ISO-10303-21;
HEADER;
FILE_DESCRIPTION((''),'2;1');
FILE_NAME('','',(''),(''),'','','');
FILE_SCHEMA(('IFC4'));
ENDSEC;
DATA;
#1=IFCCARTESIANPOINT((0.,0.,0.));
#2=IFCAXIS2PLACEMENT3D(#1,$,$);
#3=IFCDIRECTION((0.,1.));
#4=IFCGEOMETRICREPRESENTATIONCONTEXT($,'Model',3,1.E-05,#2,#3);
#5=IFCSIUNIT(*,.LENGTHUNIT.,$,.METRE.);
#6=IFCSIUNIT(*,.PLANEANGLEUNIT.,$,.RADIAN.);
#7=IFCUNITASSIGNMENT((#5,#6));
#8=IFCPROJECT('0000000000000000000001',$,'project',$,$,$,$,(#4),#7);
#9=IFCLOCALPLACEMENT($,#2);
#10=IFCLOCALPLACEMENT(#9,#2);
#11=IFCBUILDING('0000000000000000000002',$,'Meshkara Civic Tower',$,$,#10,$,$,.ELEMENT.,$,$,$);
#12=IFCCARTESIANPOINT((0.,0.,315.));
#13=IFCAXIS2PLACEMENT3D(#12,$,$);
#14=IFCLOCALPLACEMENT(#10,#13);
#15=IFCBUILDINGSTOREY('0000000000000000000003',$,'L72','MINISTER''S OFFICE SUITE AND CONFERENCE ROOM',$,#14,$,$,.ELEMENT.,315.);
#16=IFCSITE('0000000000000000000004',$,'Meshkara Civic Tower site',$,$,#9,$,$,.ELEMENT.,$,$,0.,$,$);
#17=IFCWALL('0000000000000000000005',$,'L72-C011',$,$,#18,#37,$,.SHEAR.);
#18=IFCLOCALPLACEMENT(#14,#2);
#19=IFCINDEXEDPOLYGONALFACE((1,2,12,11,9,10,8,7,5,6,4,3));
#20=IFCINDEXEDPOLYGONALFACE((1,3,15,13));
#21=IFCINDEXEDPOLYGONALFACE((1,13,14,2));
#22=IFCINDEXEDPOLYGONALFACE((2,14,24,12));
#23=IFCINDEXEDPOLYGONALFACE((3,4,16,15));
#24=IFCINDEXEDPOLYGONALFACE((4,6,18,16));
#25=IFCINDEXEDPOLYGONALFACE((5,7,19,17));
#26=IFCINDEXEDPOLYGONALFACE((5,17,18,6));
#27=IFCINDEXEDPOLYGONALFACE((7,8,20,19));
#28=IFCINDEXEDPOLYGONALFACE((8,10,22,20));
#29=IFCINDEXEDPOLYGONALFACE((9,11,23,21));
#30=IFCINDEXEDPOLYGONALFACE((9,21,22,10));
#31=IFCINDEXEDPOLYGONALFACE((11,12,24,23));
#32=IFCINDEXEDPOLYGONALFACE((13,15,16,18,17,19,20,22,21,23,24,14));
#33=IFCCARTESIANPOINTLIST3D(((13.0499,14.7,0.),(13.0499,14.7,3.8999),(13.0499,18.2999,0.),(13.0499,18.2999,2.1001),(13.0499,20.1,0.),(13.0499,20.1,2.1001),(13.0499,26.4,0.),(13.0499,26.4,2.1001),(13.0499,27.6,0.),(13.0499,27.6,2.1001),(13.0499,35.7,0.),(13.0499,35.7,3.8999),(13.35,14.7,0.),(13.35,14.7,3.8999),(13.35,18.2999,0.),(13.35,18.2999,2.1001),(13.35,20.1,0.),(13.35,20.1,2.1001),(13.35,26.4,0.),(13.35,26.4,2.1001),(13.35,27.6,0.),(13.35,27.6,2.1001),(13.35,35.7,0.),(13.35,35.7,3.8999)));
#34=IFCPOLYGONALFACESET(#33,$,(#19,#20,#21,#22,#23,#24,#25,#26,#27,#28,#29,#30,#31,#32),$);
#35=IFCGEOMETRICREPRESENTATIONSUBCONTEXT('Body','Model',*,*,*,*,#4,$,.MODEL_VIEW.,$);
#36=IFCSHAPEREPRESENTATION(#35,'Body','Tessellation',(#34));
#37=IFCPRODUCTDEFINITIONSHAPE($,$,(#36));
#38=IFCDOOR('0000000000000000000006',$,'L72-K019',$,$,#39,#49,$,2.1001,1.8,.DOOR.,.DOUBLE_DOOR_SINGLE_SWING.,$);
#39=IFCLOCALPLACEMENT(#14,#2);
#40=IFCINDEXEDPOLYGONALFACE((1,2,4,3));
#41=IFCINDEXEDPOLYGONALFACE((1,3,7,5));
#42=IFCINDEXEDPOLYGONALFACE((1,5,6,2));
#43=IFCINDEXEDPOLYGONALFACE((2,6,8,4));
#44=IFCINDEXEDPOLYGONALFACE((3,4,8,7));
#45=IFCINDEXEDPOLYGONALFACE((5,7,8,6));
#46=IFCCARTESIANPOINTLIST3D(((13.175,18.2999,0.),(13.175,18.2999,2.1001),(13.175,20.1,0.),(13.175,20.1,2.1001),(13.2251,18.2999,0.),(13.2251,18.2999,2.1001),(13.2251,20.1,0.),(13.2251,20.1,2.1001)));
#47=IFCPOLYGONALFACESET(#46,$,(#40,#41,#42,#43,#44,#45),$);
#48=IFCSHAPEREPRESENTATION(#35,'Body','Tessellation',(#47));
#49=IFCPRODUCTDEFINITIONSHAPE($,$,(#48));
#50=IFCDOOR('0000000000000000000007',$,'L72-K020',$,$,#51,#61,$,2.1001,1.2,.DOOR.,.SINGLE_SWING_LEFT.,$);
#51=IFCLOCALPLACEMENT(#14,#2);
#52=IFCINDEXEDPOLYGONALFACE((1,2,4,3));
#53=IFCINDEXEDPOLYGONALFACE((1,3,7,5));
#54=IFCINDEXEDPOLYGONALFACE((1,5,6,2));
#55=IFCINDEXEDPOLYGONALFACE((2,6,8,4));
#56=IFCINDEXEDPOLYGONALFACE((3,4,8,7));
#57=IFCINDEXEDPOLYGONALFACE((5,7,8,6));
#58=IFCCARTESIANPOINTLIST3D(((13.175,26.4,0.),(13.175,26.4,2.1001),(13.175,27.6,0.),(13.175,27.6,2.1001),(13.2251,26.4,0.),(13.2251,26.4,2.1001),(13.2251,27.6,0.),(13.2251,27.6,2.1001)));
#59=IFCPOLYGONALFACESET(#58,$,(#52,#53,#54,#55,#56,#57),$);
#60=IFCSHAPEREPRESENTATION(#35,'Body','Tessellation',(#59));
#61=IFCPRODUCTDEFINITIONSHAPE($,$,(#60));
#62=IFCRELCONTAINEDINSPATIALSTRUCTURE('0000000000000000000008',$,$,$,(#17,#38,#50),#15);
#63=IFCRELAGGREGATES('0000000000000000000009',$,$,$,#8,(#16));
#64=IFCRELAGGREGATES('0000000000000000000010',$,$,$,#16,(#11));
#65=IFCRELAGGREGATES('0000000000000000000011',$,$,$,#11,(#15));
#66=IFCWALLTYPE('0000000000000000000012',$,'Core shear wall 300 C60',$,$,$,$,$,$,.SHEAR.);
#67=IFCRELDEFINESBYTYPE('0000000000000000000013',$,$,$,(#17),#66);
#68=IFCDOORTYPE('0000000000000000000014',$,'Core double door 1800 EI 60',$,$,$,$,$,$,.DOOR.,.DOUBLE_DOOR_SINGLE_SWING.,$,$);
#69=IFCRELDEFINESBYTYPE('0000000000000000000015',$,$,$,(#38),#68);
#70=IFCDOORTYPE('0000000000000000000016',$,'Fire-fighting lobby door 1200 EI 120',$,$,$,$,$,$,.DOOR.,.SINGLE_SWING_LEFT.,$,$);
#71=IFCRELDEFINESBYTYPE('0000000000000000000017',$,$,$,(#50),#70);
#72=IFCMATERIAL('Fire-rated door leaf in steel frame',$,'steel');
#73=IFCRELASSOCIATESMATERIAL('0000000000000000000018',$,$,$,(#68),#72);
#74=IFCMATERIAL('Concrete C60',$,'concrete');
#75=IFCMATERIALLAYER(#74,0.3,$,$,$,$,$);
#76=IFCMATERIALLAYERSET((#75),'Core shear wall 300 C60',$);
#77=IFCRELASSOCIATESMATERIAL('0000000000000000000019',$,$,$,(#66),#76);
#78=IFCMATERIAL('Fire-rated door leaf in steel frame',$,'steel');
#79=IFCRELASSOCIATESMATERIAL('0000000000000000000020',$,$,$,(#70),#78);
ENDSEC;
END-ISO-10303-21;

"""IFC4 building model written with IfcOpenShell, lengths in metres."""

from ifc_helpers import new_model, si_unit, direction, frame, frame_2d, origin, place, context, subcontext, project, spatial, rectangle, extrude, material, layer, layer_set, type_object, element, fill, save


model = new_model("IFC4")

# Units and contexts
model_context = context("Model", 3, precision=1e-05, world=origin(), true_north=direction((0.0, 1.0)))
body_context = subcontext(model_context, "Body", "Model", "MODEL_VIEW")
ifc_project = project(units=[si_unit("LENGTHUNIT", "METRE"), si_unit("PLANEANGLEUNIT", "RADIAN")], contexts=[model_context])

# Site, building, storey
site_placement = place(None, origin())
site = spatial("IfcSite", under=ifc_project, at=site_placement, Name="Meshkara Civic Tower site", CompositionType="ELEMENT", RefElevation=0.0)
building_placement = place(site_placement, origin())
building = spatial("IfcBuilding", under=site, at=building_placement, Name="Meshkara Civic Tower", CompositionType="ELEMENT")
storey_placement = place(building_placement, frame((0.0, 0.0, 315.0)))
storey = spatial("IfcBuildingStorey", under=building, at=storey_placement, Name="L72", Description="MINISTER'S OFFICE SUITE AND CONFERENCE ROOM", CompositionType="ELEMENT", Elevation=315.0)

# Shared definitions
ifc_material_1 = material(Name="Fire-rated door leaf in steel frame", Category="steel")
door_type_1 = type_object("IfcDoorType", Name="Core double door 1800 EI 60", OperationType="DOUBLE_DOOR_SINGLE_SWING", PredefinedType="DOOR", material=ifc_material_1)

# Wall, openings, doors
ifc_material_2 = material(Name="Concrete C60", Category="concrete")
ifc_layer_1 = layer(ifc_material_2, 0.3)
ifc_layer_set_1 = layer_set([ifc_layer_1], Name="Core shear wall 300 C60")
wall_type_1 = type_object("IfcWallType", Name="Core shear wall 300 C60", PredefinedType="SHEAR", material=ifc_layer_set_1)
wall_1_placement = place(storey_placement, frame((13.2, 14.7, 0.0), z_axis=(0.0, 0.0, 1.0), x_axis=(0.0, 1.0, 0.0)))
wall_1 = element("IfcWall", 1, at=wall_1_placement, inside=storey, type_object=wall_type_1, Name="L72-C011", PredefinedType="SHEAR", context=body_context, shape_type="SweptSolid", body=[
    extrude(rectangle(XDim=21.0, YDim=0.3, at=frame_2d((10.5, 0.0))), origin(), (0.0, 0.0, 1.0), 3.8999),
])
opening_1_placement = place(wall_1_placement, frame((3.6001, 0.0, 0.0)))
opening_1 = element("IfcOpeningElement", 2, at=opening_1_placement, cuts=wall_1, PredefinedType="OPENING", context=body_context, shape_type="SweptSolid", body=[
    extrude(rectangle(XDim=1.8, YDim=2.1001, at=frame_2d((0.8999, 1.05))), frame((0.0, 0.1599, 0.0), z_axis=(0.0, -1.0, 0.0), x_axis=(1.0, 0.0, 0.0)), (0.0, 0.0, 1.0), 0.3201),
])
opening_2_placement = place(wall_1_placement, frame((11.7, 0.0, 0.0)))
opening_2 = element("IfcOpeningElement", 3, at=opening_2_placement, cuts=wall_1, PredefinedType="OPENING", context=body_context, shape_type="SweptSolid", body=[
    extrude(rectangle(XDim=1.2, YDim=2.1001, at=frame_2d((0.6001, 1.05))), frame((0.0, 0.1599, 0.0), z_axis=(0.0, -1.0, 0.0), x_axis=(1.0, 0.0, 0.0)), (0.0, 0.0, 1.0), 0.3201),
])
door_1_placement = place(opening_1_placement, origin())
door_1 = element("IfcDoor", 4, at=door_1_placement, inside=storey, type_object=door_type_1, Name="L72-K019", OperationType="DOUBLE_DOOR_SINGLE_SWING", OverallHeight=2.1001, OverallWidth=1.8, PredefinedType="DOOR", context=body_context, shape_type="SweptSolid", body=[
    extrude(rectangle(XDim=1.8, YDim=2.1001, at=frame_2d((0.8999, 1.05))), frame((0.0, 0.0249, 0.0), z_axis=(0.0, -1.0, 0.0), x_axis=(1.0, 0.0, 0.0)), (0.0, 0.0, 1.0), 0.05),
])
fill(opening_1, door_1)
ifc_material_3 = material(Name="Fire-rated door leaf in steel frame", Category="steel")
door_type_2 = type_object("IfcDoorType", Name="Fire-fighting lobby door 1200 EI 120", OperationType="SINGLE_SWING_LEFT", PredefinedType="DOOR", material=ifc_material_3)
door_2_placement = place(opening_2_placement, origin())
door_2 = element("IfcDoor", 5, at=door_2_placement, inside=storey, type_object=door_type_2, Name="L72-K020", OperationType="SINGLE_SWING_LEFT", OverallHeight=2.1001, OverallWidth=1.2, PredefinedType="DOOR", context=body_context, shape_type="SweptSolid", body=[
    extrude(rectangle(XDim=1.2, YDim=2.1001, at=frame_2d((0.6001, 1.05))), frame((0.0, 0.0249, 0.0), z_axis=(0.0, -1.0, 0.0), x_axis=(1.0, 0.0, 0.0)), (0.0, 0.0, 1.0), 0.05),
])
fill(opening_2, door_2)

save(model, "model.ifc")
